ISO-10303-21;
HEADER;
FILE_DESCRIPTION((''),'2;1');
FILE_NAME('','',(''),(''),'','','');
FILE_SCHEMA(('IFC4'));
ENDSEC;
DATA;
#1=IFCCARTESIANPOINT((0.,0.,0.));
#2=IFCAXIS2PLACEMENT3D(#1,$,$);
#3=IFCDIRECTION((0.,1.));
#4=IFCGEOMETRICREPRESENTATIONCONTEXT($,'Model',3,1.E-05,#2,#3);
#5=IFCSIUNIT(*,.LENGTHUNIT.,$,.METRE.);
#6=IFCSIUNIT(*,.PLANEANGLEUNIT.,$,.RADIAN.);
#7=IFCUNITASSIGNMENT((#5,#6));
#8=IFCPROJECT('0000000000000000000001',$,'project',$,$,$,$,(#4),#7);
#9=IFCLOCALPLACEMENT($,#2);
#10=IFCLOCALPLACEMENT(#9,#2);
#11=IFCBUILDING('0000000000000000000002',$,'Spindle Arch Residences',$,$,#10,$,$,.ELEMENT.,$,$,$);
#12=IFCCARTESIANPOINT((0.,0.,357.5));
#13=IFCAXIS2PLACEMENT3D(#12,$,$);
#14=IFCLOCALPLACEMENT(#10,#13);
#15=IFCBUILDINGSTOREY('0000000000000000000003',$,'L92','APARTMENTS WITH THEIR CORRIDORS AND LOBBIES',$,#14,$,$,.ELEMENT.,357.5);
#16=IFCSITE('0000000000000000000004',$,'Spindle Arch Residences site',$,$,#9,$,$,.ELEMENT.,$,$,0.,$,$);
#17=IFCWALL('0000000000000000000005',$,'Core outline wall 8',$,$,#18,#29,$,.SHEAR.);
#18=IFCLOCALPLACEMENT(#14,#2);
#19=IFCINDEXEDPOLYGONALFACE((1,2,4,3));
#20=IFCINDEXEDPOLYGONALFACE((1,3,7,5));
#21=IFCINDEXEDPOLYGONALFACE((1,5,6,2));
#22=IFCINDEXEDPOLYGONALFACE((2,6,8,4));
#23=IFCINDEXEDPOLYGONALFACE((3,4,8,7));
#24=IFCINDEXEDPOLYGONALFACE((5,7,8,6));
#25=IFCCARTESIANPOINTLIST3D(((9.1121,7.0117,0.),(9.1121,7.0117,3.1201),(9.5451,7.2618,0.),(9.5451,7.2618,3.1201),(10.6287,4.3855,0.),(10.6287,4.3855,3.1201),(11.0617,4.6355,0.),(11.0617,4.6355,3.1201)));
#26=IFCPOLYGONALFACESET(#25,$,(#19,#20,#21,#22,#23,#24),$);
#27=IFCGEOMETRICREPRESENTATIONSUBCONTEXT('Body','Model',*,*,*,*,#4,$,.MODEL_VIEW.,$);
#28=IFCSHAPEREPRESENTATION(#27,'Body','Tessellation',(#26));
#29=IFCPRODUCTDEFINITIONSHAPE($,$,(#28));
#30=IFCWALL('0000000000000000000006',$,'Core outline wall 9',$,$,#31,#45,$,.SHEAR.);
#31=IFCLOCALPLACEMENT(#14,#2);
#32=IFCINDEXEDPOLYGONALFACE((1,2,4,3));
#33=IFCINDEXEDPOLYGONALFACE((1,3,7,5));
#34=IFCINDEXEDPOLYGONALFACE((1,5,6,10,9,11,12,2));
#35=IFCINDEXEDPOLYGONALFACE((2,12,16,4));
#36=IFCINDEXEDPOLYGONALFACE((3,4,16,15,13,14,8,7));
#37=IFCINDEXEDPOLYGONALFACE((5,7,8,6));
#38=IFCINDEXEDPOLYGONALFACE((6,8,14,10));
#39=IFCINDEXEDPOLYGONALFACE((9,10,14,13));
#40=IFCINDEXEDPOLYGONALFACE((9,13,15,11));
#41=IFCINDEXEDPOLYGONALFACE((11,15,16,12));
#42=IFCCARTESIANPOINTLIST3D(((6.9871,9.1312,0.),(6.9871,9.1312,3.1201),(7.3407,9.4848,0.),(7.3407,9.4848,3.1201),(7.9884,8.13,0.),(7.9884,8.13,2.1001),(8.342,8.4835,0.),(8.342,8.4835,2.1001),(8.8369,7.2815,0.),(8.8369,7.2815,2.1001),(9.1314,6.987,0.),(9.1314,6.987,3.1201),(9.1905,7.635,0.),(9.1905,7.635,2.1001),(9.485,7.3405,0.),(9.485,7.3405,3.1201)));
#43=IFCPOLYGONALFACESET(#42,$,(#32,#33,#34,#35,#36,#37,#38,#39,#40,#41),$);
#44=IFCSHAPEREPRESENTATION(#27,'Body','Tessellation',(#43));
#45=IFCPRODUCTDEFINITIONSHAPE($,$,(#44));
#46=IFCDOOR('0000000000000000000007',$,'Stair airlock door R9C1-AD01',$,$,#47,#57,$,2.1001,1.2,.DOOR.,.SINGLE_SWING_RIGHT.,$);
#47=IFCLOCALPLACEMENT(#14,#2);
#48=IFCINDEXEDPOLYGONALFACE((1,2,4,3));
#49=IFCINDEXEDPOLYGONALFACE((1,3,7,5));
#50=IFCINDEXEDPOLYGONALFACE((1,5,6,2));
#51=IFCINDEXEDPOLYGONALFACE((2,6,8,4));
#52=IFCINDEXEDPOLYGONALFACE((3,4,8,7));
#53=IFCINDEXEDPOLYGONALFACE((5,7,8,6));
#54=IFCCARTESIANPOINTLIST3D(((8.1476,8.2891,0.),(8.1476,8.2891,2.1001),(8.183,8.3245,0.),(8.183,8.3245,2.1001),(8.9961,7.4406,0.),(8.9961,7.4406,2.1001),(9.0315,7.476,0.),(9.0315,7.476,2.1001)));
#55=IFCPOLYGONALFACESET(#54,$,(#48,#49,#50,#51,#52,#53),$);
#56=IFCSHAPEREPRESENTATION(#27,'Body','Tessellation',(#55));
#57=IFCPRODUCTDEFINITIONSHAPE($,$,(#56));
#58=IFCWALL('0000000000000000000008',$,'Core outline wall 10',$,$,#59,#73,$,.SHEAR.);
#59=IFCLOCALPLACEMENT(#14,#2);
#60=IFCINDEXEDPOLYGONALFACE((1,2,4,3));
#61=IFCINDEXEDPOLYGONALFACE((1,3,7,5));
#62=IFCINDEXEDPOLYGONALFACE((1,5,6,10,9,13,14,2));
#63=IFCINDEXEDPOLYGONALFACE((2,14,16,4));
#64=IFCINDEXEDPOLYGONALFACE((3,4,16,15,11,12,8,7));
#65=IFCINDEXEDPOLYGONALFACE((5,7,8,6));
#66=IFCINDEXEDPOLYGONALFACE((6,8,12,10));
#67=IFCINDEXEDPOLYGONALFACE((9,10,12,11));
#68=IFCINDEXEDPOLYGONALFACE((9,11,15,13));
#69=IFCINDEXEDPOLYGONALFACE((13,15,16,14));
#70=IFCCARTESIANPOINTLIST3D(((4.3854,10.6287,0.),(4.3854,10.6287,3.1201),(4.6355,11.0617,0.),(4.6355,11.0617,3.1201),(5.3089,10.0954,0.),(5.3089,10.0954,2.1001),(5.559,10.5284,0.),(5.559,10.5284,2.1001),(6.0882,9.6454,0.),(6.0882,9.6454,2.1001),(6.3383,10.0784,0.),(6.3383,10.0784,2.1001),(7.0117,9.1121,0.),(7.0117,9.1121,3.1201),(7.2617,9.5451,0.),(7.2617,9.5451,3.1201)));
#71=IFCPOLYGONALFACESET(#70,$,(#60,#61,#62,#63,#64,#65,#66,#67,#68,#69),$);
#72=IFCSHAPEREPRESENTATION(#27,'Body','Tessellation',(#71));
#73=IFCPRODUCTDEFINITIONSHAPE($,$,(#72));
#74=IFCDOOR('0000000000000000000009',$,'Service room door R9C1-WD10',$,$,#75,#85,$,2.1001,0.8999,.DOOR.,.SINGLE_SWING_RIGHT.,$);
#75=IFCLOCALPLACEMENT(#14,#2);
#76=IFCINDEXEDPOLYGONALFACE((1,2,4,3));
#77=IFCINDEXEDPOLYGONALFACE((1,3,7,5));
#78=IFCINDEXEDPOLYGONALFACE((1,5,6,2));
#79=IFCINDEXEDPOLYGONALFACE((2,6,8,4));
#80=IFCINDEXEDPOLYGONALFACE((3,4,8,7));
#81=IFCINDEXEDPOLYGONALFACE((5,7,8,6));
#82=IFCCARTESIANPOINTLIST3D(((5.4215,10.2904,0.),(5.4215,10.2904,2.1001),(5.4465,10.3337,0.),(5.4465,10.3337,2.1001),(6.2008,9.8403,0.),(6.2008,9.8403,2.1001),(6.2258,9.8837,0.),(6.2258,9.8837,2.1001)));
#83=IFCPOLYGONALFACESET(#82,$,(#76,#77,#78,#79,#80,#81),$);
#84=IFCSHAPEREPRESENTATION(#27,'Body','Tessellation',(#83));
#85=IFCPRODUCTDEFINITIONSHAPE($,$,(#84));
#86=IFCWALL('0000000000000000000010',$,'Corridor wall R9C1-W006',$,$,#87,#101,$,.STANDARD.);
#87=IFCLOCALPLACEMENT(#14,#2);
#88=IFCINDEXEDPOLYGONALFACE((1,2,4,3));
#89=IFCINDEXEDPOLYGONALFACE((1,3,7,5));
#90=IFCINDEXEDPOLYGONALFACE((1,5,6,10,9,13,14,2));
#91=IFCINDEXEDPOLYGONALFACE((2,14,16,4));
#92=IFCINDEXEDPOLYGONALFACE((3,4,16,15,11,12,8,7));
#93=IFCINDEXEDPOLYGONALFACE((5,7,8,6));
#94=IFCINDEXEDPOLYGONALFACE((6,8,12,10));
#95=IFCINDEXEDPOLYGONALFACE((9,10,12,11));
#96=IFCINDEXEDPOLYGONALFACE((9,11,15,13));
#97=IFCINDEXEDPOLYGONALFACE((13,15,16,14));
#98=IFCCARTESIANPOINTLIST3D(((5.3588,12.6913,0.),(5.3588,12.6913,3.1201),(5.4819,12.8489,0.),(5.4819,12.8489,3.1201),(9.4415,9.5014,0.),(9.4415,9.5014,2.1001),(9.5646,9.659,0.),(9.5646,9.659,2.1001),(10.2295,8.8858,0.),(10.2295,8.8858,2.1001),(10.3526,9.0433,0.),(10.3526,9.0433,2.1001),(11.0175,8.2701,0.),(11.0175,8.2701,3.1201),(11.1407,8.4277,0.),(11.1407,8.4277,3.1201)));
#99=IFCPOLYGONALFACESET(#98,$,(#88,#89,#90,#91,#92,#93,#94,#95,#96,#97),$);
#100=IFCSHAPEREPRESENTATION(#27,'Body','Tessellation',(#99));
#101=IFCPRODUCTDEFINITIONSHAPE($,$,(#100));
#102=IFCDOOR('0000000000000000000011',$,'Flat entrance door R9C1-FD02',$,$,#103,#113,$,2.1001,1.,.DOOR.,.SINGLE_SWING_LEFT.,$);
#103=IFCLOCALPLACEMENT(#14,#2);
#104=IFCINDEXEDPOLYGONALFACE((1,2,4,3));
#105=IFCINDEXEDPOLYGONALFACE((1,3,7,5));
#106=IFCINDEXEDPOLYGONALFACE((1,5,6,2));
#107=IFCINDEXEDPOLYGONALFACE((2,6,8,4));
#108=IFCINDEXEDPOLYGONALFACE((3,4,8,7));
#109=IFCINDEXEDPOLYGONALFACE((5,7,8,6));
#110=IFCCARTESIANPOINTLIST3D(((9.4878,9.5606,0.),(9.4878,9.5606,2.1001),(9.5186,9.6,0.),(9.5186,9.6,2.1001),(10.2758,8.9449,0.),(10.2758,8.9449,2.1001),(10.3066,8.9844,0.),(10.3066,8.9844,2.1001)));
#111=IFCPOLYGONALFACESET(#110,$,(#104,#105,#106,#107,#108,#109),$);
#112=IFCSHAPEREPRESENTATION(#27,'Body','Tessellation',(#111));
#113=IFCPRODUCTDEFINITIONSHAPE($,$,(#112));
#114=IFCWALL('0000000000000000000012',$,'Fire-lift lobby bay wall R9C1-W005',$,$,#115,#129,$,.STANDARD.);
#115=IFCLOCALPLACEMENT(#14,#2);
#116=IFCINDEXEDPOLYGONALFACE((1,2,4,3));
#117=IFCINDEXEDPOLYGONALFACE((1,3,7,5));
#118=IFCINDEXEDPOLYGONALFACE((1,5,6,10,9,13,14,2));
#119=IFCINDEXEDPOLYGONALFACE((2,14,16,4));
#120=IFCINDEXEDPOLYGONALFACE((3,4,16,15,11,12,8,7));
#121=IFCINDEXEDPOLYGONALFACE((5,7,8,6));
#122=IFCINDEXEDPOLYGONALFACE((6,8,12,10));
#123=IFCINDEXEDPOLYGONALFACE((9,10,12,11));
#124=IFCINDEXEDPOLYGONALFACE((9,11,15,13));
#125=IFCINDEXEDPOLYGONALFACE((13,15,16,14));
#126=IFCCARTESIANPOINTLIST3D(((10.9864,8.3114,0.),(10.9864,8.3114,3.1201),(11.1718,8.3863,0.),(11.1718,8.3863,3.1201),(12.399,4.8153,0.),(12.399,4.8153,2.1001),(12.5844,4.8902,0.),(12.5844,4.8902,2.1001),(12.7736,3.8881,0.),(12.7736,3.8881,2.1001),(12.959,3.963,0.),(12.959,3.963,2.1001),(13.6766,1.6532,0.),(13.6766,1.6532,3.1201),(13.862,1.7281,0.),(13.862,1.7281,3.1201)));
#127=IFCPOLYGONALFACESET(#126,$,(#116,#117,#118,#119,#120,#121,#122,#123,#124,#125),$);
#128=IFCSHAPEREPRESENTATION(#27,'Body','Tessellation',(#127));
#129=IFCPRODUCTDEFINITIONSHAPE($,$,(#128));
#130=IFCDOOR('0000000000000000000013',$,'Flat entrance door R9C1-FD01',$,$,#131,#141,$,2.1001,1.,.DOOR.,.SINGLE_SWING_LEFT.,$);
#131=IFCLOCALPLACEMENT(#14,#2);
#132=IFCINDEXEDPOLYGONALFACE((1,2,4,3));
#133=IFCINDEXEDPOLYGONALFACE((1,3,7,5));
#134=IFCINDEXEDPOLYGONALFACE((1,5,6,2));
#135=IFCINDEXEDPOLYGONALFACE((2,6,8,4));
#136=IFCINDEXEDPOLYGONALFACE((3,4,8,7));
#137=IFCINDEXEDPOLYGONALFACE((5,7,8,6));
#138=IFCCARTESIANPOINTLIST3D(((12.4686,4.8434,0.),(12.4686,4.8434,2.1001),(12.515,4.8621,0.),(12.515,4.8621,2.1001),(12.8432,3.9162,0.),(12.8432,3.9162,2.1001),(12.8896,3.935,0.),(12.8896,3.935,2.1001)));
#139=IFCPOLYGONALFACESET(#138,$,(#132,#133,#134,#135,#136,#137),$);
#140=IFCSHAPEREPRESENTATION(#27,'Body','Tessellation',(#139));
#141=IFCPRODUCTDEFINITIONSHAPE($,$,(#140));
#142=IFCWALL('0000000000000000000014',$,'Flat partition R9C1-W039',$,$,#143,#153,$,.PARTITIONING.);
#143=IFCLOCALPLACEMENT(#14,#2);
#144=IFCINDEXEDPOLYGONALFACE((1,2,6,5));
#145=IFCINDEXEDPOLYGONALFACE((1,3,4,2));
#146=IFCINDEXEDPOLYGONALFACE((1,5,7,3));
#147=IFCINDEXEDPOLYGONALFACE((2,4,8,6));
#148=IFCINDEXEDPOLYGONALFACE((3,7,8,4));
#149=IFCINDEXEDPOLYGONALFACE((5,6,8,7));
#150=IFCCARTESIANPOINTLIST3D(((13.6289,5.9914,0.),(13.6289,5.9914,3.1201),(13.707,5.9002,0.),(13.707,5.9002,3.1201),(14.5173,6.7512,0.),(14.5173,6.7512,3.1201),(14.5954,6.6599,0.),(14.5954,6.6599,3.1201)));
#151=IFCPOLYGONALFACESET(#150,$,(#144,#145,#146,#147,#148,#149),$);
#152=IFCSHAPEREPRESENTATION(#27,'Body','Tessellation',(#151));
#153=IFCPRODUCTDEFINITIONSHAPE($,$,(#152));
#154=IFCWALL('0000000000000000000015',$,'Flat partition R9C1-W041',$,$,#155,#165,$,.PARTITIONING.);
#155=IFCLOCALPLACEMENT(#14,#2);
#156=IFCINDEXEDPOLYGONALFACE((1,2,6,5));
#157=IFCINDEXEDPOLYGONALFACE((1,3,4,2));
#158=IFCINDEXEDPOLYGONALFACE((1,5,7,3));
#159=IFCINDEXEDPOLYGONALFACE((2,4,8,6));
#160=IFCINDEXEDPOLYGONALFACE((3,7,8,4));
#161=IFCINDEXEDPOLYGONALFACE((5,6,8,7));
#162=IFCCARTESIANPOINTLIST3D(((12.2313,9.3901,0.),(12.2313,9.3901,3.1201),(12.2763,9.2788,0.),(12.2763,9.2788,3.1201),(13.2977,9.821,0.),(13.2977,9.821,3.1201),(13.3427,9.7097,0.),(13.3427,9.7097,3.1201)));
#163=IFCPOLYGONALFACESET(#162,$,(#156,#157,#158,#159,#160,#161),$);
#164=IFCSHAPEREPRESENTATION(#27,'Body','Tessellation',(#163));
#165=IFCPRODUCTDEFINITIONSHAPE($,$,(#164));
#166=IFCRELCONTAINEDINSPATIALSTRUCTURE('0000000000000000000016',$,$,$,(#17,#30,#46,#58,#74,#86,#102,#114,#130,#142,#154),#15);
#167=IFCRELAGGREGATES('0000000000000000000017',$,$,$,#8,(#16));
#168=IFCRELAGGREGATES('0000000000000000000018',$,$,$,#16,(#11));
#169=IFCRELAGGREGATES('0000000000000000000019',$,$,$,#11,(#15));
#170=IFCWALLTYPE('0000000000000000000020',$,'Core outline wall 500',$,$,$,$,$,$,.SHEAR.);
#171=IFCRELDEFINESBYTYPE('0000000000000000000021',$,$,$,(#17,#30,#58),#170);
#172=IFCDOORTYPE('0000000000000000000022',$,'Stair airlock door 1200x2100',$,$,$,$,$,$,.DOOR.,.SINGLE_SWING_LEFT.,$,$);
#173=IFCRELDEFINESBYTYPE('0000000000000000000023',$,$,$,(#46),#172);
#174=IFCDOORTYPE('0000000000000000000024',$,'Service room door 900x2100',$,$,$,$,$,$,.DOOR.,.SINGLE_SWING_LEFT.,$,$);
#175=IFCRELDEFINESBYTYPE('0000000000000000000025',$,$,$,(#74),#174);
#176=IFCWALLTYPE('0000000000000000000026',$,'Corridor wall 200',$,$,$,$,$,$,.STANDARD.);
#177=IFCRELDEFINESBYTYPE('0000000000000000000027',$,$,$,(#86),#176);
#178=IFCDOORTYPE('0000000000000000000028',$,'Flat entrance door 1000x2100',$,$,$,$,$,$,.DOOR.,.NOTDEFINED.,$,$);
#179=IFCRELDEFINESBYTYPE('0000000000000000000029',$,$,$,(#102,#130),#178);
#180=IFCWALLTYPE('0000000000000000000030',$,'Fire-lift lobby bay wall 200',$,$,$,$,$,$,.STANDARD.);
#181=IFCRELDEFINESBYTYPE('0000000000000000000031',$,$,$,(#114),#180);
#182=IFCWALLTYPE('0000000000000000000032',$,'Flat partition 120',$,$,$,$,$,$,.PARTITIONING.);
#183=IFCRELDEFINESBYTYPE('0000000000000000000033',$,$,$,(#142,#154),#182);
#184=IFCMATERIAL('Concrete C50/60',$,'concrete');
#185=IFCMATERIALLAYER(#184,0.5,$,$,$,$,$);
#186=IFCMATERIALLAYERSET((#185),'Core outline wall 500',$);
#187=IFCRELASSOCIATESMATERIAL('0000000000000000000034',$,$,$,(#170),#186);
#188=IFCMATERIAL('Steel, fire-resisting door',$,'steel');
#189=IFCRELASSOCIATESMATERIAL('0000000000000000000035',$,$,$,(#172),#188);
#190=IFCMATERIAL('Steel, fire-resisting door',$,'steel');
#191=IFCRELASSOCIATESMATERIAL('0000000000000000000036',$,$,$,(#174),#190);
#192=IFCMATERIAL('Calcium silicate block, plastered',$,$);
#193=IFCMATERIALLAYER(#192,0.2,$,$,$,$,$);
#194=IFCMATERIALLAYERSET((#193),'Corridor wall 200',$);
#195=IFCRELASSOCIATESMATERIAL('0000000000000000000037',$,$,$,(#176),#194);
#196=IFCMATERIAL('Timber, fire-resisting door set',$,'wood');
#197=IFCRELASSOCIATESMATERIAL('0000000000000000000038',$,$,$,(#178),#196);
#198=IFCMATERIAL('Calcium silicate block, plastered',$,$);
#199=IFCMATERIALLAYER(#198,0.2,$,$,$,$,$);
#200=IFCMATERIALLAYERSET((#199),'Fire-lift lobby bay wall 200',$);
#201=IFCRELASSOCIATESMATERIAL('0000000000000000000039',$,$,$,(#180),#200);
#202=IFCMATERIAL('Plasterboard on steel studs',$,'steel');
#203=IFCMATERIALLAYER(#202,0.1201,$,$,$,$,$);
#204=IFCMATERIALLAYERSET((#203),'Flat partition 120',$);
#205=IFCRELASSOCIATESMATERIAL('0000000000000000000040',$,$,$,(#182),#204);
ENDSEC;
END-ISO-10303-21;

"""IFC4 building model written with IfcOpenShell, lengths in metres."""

from ifc_helpers import new_model, si_unit, direction, frame, frame_2d, origin, place, context, subcontext, project, spatial, rectangle, extrude, material, layer, layer_set, type_object, element, fill, save


model = new_model("IFC4")

# Units and contexts
model_context = context("Model", 3, precision=1e-05, world=origin(), true_north=direction((0.0, 1.0)))
body_context = subcontext(model_context, "Body", "Model", "MODEL_VIEW")
ifc_project = project(units=[si_unit("LENGTHUNIT", "METRE"), si_unit("PLANEANGLEUNIT", "RADIAN")], contexts=[model_context])

# Site, building, storey
site_placement = place(None, origin())
site = spatial("IfcSite", under=ifc_project, at=site_placement, Name="Spindle Arch Residences site", CompositionType="ELEMENT", RefElevation=0.0)
building_placement = place(site_placement, origin())
building = spatial("IfcBuilding", under=site, at=building_placement, Name="Spindle Arch Residences", CompositionType="ELEMENT")
storey_placement = place(building_placement, frame((0.0, 0.0, 357.5)))
storey = spatial("IfcBuildingStorey", under=building, at=storey_placement, Name="L92", Description="APARTMENTS WITH THEIR CORRIDORS AND LOBBIES", CompositionType="ELEMENT", Elevation=357.5)

# Wall
ifc_material_1 = material(Name="Concrete C50/60", Category="concrete")
ifc_layer_1 = layer(ifc_material_1, 0.5)
ifc_layer_set_1 = layer_set([ifc_layer_1], Name="Core outline wall 500")
wall_type_1 = type_object("IfcWallType", Name="Core outline wall 500", PredefinedType="SHEAR", material=ifc_layer_set_1)
wall_1_placement = place(storey_placement, frame((10.8452, 4.5105, 0.0), z_axis=(0.0, 0.0, 1.0), x_axis=(-0.500087, 0.865975, 0.0)))
element("IfcWall", 1, at=wall_1_placement, inside=storey, type_object=wall_type_1, Name="Core outline wall 8", PredefinedType="SHEAR", context=body_context, shape_type="SweptSolid", body=[
    extrude(rectangle(XDim=3.0327, YDim=0.5, at=frame_2d((1.5164, 0.0))), origin(), (0.0, 0.0, 1.0), 3.1201),
])

# Walls, openings, doors
wall_2_placement = place(storey_placement, frame((9.3081, 7.1638, 0.0), z_axis=(0.0, 0.0, 1.0), x_axis=(-0.707107, 0.707107, 0.0)))
wall_2 = element("IfcWall", 2, at=wall_2_placement, inside=storey, type_object=wall_type_1, Name="Core outline wall 9", PredefinedType="SHEAR", context=body_context, shape_type="SweptSolid", body=[
    extrude(rectangle(XDim=3.0325, YDim=0.5, at=frame_2d((1.5161, 0.0))), origin(), (0.0, 0.0, 1.0), 3.1201),
])
opening_1_placement = place(wall_2_placement, frame((0.4163, 0.0, 0.0)))
opening_1 = element("IfcOpeningElement", 3, at=opening_1_placement, cuts=wall_2, PredefinedType="OPENING", context=body_context, shape_type="SweptSolid", body=[
    extrude(rectangle(XDim=1.2, YDim=2.1001, at=frame_2d((0.6001, 1.05))), frame((0.0, 0.26, 0.0), z_axis=(0.0, -1.0, 0.0), x_axis=(1.0, 0.0, 0.0)), (0.0, 0.0, 1.0), 0.52),
])
ifc_material_2 = material(Name="Steel, fire-resisting door", Category="steel")
door_type_1 = type_object("IfcDoorType", Name="Stair airlock door 1200x2100", OperationType="SINGLE_SWING_LEFT", PredefinedType="DOOR", material=ifc_material_2)
door_1_placement = place(opening_1_placement, origin())
door_1 = element("IfcDoor", 4, at=door_1_placement, inside=storey, type_object=door_type_1, Name="Stair airlock door R9C1-AD01", OperationType="SINGLE_SWING_RIGHT", OverallHeight=2.1001, OverallWidth=1.2, PredefinedType="DOOR", context=body_context, shape_type="SweptSolid", body=[
    extrude(rectangle(XDim=1.2, YDim=2.1001, at=frame_2d((0.6001, 1.05))), frame((0.0, 0.0249, 0.0), z_axis=(0.0, -1.0, 0.0), x_axis=(1.0, 0.0, 0.0)), (0.0, 0.0, 1.0), 0.05),
])
fill(opening_1, door_1)
wall_3_placement = place(storey_placement, frame((7.1367, 9.3286, 0.0), z_axis=(0.0, 0.0, 1.0), x_axis=(-0.865975, 0.500087, 0.0)))
wall_3 = element("IfcWall", 5, at=wall_3_placement, inside=storey, type_object=wall_type_1, Name="Core outline wall 10", PredefinedType="SHEAR", context=body_context, shape_type="SweptSolid", body=[
    extrude(rectangle(XDim=3.0327, YDim=0.5, at=frame_2d((1.5164, 0.0))), origin(), (0.0, 0.0, 1.0), 3.1201),
])
opening_2_placement = place(wall_3_placement, frame((1.0664, 0.0, 0.0)))
opening_2 = element("IfcOpeningElement", 6, at=opening_2_placement, cuts=wall_3, PredefinedType="OPENING", context=body_context, shape_type="SweptSolid", body=[
    extrude(rectangle(XDim=0.8999, YDim=2.1001, at=frame_2d((0.45, 1.05))), frame((0.0, 0.26, 0.0), z_axis=(0.0, -1.0, 0.0), x_axis=(1.0, 0.0, 0.0)), (0.0, 0.0, 1.0), 0.52),
])
ifc_material_3 = material(Name="Steel, fire-resisting door", Category="steel")
door_type_2 = type_object("IfcDoorType", Name="Service room door 900x2100", OperationType="SINGLE_SWING_LEFT", PredefinedType="DOOR", material=ifc_material_3)
door_2_placement = place(opening_2_placement, origin())
door_2 = element("IfcDoor", 7, at=door_2_placement, inside=storey, type_object=door_type_2, Name="Service room door R9C1-WD10", OperationType="SINGLE_SWING_RIGHT", OverallHeight=2.1001, OverallWidth=0.8999, PredefinedType="DOOR", context=body_context, shape_type="SweptSolid", body=[
    extrude(rectangle(XDim=0.8999, YDim=2.1001, at=frame_2d((0.45, 1.05))), frame((0.0, 0.0249, 0.0), z_axis=(0.0, -1.0, 0.0), x_axis=(1.0, 0.0, 0.0)), (0.0, 0.0, 1.0), 0.05),
])
fill(opening_2, door_2)
ifc_material_4 = material(Name="Calcium silicate block, plastered")
ifc_layer_2 = layer(ifc_material_4, 0.2)
ifc_layer_set_2 = layer_set([ifc_layer_2], Name="Corridor wall 200")
wall_type_2 = type_object("IfcWallType", Name="Corridor wall 200", PredefinedType="STANDARD", material=ifc_layer_set_2)
wall_4_placement = place(storey_placement, frame((11.0791, 8.3489, 0.0), z_axis=(0.0, 0.0, 1.0), x_axis=(-0.788005, 0.615669, 0.0)))
wall_4 = element("IfcWall", 8, at=wall_4_placement, inside=storey, type_object=wall_type_2, Name="Corridor wall R9C1-W006", PredefinedType="STANDARD", context=body_context, shape_type="SweptSolid", body=[
    extrude(rectangle(XDim=7.1812, YDim=0.2, at=frame_2d((3.5906, 0.0))), origin(), (0.0, 0.0, 1.0), 3.1201),
])
opening_3_placement = place(wall_4_placement, frame((1.0, 0.0, 0.0)))
opening_3 = element("IfcOpeningElement", 9, at=opening_3_placement, cuts=wall_4, PredefinedType="OPENING", context=body_context, shape_type="SweptSolid", body=[
    extrude(rectangle(XDim=1.0, YDim=2.1001, at=frame_2d((0.5, 1.05))), frame((0.0, 0.1099, 0.0), z_axis=(0.0, -1.0, 0.0), x_axis=(1.0, 0.0, 0.0)), (0.0, 0.0, 1.0), 0.22),
])
ifc_material_5 = material(Name="Timber, fire-resisting door set", Category="wood")
door_type_3 = type_object("IfcDoorType", Name="Flat entrance door 1000x2100", OperationType="NOTDEFINED", PredefinedType="DOOR", material=ifc_material_5)
door_3_placement = place(opening_3_placement, origin())
door_3 = element("IfcDoor", 10, at=door_3_placement, inside=storey, type_object=door_type_3, Name="Flat entrance door R9C1-FD02", OperationType="SINGLE_SWING_LEFT", OverallHeight=2.1001, OverallWidth=1.0, PredefinedType="DOOR", context=body_context, shape_type="SweptSolid", body=[
    extrude(rectangle(XDim=1.0, YDim=2.1001, at=frame_2d((0.5, 1.05))), frame((0.0, 0.0249, 0.0), z_axis=(0.0, -1.0, 0.0), x_axis=(1.0, 0.0, 0.0)), (0.0, 0.0, 1.0), 0.05),
])
fill(opening_3, door_3)
ifc_material_6 = material(Name="Calcium silicate block, plastered")
ifc_layer_3 = layer(ifc_material_6, 0.2)
ifc_layer_set_3 = layer_set([ifc_layer_3], Name="Fire-lift lobby bay wall 200")
wall_type_3 = type_object("IfcWallType", Name="Fire-lift lobby bay wall 200", PredefinedType="STANDARD", material=ifc_layer_set_3)
wall_5_placement = place(storey_placement, frame((13.7693, 1.6907, 0.0), z_axis=(0.0, 0.0, 1.0), x_axis=(-0.374618, 0.927179, 0.0)))
wall_5 = element("IfcWall", 11, at=wall_5_placement, inside=storey, type_object=wall_type_3, Name="Fire-lift lobby bay wall R9C1-W005", PredefinedType="STANDARD", context=body_context, shape_type="SweptSolid", body=[
    extrude(rectangle(XDim=7.1812, YDim=0.2, at=frame_2d((3.5906, 0.0))), origin(), (0.0, 0.0, 1.0), 3.1201),
])
opening_4_placement = place(wall_5_placement, frame((2.4104, 0.0, 0.0)))
opening_4 = element("IfcOpeningElement", 12, at=opening_4_placement, cuts=wall_5, PredefinedType="OPENING", context=body_context, shape_type="SweptSolid", body=[
    extrude(rectangle(XDim=1.0, YDim=2.1001, at=frame_2d((0.5, 1.05))), frame((0.0, 0.1099, 0.0), z_axis=(0.0, -1.0, 0.0), x_axis=(1.0, 0.0, 0.0)), (0.0, 0.0, 1.0), 0.22),
])
door_4_placement = place(opening_4_placement, origin())
door_4 = element("IfcDoor", 13, at=door_4_placement, inside=storey, type_object=door_type_3, Name="Flat entrance door R9C1-FD01", OperationType="SINGLE_SWING_LEFT", OverallHeight=2.1001, OverallWidth=1.0, PredefinedType="DOOR", context=body_context, shape_type="SweptSolid", body=[
    extrude(rectangle(XDim=1.0, YDim=2.1001, at=frame_2d((0.5, 1.05))), frame((0.0, 0.0249, 0.0), z_axis=(0.0, -1.0, 0.0), x_axis=(1.0, 0.0, 0.0)), (0.0, 0.0, 1.0), 0.05),
])
fill(opening_4, door_4)

# Walls
ifc_material_7 = material(Name="Plasterboard on steel studs", Category="steel")
ifc_layer_4 = layer(ifc_material_7, 0.1201)
ifc_layer_set_4 = layer_set([ifc_layer_4], Name="Flat partition 120")
wall_type_4 = type_object("IfcWallType", Name="Flat partition 120", PredefinedType="PARTITIONING", material=ifc_layer_set_4)
wall_6_placement = place(storey_placement, frame((13.668, 5.9458, 0.0), z_axis=(0.0, 0.0, 1.0), x_axis=(0.759993, 0.649931, 0.0)))
element("IfcWall", 14, at=wall_6_placement, inside=storey, type_object=wall_type_4, Name="Flat partition R9C1-W039", PredefinedType="PARTITIONING", context=body_context, shape_type="SweptSolid", body=[
    extrude(rectangle(XDim=1.1689, YDim=0.1201, at=frame_2d((0.5845, 0.0))), origin(), (0.0, 0.0, 1.0), 3.1201),
])
wall_7_placement = place(storey_placement, frame((13.3203, 9.7654, 0.0), z_axis=(0.0, 0.0, 1.0), x_axis=(-0.927168, -0.374646, 0.0)))
element("IfcWall", 15, at=wall_7_placement, inside=storey, type_object=wall_type_4, Name="Flat partition R9C1-W041", PredefinedType="PARTITIONING", context=body_context, shape_type="SweptSolid", body=[
    extrude(rectangle(XDim=1.1501, YDim=0.1201, at=frame_2d((0.5752, 0.0))), origin(), (0.0, 0.0, 1.0), 3.1201),
])

save(model, "model.ifc")
